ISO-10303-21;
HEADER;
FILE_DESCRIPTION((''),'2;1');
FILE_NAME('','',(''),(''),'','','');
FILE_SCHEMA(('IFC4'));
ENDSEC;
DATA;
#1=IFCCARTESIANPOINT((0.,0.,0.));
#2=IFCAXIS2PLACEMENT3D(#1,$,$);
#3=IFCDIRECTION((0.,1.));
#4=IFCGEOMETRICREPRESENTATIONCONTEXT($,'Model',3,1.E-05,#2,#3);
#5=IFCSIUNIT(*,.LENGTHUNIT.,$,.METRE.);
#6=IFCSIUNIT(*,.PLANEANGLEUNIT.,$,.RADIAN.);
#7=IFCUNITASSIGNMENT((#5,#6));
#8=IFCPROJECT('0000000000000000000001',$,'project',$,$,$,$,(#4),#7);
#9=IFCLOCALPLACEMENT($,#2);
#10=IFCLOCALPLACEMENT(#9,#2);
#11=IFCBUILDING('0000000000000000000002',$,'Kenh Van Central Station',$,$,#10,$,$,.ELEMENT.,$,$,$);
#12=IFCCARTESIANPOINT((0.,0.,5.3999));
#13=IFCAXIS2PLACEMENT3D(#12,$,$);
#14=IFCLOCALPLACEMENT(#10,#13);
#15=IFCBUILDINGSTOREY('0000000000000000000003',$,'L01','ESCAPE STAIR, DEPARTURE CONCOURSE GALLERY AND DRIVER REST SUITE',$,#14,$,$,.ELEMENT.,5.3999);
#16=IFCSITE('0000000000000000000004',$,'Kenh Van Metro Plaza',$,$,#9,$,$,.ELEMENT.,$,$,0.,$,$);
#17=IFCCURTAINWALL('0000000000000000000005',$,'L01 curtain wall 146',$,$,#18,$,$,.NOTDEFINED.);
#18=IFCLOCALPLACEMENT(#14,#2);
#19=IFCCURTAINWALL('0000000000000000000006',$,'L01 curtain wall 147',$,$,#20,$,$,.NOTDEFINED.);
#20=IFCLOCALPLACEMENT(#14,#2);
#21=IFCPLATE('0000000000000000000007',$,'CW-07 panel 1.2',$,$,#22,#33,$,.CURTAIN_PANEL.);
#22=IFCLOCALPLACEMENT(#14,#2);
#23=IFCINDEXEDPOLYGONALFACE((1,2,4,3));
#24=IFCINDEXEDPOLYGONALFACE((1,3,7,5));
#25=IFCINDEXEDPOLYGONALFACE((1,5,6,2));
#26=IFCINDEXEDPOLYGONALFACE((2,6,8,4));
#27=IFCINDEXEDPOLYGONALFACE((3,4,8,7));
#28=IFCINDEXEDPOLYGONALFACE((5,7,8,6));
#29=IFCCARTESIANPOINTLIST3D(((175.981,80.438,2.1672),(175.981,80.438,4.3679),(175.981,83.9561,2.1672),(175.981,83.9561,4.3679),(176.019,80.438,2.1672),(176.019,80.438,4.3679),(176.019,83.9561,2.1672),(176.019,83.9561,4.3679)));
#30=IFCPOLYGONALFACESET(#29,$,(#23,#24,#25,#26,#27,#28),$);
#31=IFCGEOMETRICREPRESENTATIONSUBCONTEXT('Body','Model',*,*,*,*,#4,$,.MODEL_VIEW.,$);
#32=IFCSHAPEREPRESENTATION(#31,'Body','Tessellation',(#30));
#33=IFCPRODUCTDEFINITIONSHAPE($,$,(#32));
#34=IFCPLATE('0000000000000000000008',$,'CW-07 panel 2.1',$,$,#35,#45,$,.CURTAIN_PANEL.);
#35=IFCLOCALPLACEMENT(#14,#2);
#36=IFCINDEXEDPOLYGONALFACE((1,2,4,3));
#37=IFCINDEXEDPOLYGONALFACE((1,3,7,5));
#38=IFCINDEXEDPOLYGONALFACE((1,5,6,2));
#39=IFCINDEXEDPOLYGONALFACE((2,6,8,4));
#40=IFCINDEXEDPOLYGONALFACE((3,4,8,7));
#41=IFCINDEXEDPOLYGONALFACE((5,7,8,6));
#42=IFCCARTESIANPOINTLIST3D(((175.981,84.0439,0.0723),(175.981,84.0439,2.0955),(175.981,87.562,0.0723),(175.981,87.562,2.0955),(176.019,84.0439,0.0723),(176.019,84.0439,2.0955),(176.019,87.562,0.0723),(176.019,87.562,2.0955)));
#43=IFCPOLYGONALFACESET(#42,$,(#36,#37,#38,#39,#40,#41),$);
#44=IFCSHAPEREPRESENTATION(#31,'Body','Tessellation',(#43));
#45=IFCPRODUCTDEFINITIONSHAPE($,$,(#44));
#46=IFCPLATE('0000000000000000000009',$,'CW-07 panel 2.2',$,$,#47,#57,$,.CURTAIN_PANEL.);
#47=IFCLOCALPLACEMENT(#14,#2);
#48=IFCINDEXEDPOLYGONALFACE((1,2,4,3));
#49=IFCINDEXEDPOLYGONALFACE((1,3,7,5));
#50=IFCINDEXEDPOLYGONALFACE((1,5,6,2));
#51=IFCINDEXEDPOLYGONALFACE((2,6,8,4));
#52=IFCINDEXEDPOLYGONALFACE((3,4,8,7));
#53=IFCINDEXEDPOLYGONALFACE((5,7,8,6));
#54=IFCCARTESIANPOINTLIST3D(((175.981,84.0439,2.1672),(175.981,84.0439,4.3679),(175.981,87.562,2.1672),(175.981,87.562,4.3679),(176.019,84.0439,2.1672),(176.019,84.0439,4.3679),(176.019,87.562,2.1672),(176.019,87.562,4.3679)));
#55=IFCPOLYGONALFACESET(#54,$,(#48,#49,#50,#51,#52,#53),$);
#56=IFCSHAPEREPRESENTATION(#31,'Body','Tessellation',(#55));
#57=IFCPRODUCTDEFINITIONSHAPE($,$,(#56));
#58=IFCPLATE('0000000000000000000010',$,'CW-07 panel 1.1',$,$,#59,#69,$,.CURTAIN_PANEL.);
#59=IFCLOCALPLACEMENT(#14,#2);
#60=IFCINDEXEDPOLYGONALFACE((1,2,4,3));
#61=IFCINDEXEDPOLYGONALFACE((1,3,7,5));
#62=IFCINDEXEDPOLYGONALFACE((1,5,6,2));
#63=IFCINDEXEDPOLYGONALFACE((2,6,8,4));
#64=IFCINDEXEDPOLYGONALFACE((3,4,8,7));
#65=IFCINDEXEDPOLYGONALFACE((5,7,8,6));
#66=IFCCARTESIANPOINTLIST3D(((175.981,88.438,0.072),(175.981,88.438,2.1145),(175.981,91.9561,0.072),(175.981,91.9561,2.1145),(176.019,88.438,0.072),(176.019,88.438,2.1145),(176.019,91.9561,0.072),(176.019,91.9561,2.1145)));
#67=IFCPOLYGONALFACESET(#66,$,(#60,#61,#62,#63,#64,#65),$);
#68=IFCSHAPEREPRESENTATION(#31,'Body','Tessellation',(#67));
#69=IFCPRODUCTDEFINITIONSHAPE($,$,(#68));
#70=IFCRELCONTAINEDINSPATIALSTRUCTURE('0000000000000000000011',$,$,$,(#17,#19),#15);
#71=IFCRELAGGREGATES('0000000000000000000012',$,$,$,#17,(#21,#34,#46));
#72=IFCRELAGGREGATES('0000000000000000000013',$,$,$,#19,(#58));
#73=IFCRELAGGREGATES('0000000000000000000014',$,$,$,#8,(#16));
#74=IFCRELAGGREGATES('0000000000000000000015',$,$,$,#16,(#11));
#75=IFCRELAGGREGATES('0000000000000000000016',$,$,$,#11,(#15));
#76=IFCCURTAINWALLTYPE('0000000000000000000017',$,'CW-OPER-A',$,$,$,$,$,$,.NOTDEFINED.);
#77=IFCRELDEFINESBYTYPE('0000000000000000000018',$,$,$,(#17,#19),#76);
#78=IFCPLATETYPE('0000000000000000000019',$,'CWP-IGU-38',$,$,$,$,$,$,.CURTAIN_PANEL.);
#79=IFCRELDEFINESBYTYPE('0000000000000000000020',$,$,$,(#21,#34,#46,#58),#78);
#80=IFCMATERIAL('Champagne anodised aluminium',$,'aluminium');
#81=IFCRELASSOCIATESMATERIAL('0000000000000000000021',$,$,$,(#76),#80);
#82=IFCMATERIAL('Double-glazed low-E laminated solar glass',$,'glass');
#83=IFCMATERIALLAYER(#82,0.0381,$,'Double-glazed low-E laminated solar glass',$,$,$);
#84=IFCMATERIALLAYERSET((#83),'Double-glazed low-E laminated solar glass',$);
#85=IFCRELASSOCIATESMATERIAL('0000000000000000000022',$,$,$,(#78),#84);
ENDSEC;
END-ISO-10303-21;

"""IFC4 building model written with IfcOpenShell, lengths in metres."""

from ifc_helpers import new_model, si_unit, direction, frame, origin, origin_2d, place, context, subcontext, project, spatial, rectangle, extrude, material, layer, layer_set, type_object, element, aggregate, save


model = new_model("IFC4")

# Units and contexts
model_context = context("Model", 3, precision=1e-05, world=origin(), true_north=direction((0.0, 1.0)))
body_context = subcontext(model_context, "Body", "Model", "MODEL_VIEW")
ifc_project = project(units=[si_unit("LENGTHUNIT", "METRE"), si_unit("PLANEANGLEUNIT", "RADIAN")], contexts=[model_context])

# Site, building, storey
site_placement = place(None, origin())
site = spatial("IfcSite", under=ifc_project, at=site_placement, Name="Kenh Van Metro Plaza", CompositionType="ELEMENT", RefElevation=0.0)
building_placement = place(site_placement, origin())
building = spatial("IfcBuilding", under=site, at=building_placement, Name="Kenh Van Central Station", CompositionType="ELEMENT")
storey_placement = place(building_placement, frame((0.0, 0.0, 5.3999)))
storey = spatial("IfcBuildingStorey", under=building, at=storey_placement, Name="L01", Description="ESCAPE STAIR, DEPARTURE CONCOURSE GALLERY AND DRIVER REST SUITE", CompositionType="ELEMENT", Elevation=5.3999)

# Shared definitions
ifc_material_1 = material(Name="Champagne anodised aluminium", Category="aluminium")
curtain_wall_type = type_object("IfcCurtainWallType", Name="CW-OPER-A", PredefinedType="NOTDEFINED", material=ifc_material_1)

# Curtain wall
curtain_wall_1_placement = place(storey_placement, origin())
curtain_wall_1 = element("IfcCurtainWall", 1, at=curtain_wall_1_placement, inside=storey, type_object=curtain_wall_type, Name="L01 curtain wall 146", PredefinedType="NOTDEFINED")

# Curtain wall
curtain_wall_2_placement = place(storey_placement, origin())
curtain_wall_2 = element("IfcCurtainWall", 2, at=curtain_wall_2_placement, inside=storey, type_object=curtain_wall_type, Name="L01 curtain wall 147", PredefinedType="NOTDEFINED")

# Plates
ifc_material_2 = material(Name="Double-glazed low-E laminated solar glass", Category="glass")
ifc_layer = layer(ifc_material_2, 0.0381, Name="Double-glazed low-E laminated solar glass")
ifc_layer_set = layer_set([ifc_layer], Name="Double-glazed low-E laminated solar glass")
plate_type = type_object("IfcPlateType", Name="CWP-IGU-38", PredefinedType="CURTAIN_PANEL", material=ifc_layer_set)
plate_1_placement = place(storey_placement, frame((176.0, 82.197, 2.1672), z_axis=(0.0, 0.0, 1.0), x_axis=(0.0, 1.0, 0.0)))
plate_1 = element("IfcPlate", 3, at=plate_1_placement, type_object=plate_type, Name="CW-07 panel 1.2", PredefinedType="CURTAIN_PANEL", context=body_context, shape_type="SweptSolid", body=[
    extrude(rectangle(XDim=3.5181, YDim=0.0381, at=origin_2d()), origin(), (0.0, 0.0, 1.0), 2.2007),
])
plate_2_placement = place(storey_placement, frame((176.0, 85.803, 0.0723), z_axis=(0.0, 0.0, 1.0), x_axis=(0.0, 1.0, 0.0)))
plate_2 = element("IfcPlate", 4, at=plate_2_placement, type_object=plate_type, Name="CW-07 panel 2.1", PredefinedType="CURTAIN_PANEL", context=body_context, shape_type="SweptSolid", body=[
    extrude(rectangle(XDim=3.5181, YDim=0.0381, at=origin_2d()), origin(), (0.0, 0.0, 1.0), 2.0232),
])
plate_3_placement = place(storey_placement, frame((176.0, 85.803, 2.1672), z_axis=(0.0, 0.0, 1.0), x_axis=(0.0, 1.0, 0.0)))
plate_3 = element("IfcPlate", 5, at=plate_3_placement, type_object=plate_type, Name="CW-07 panel 2.2", PredefinedType="CURTAIN_PANEL", context=body_context, shape_type="SweptSolid", body=[
    extrude(rectangle(XDim=3.5181, YDim=0.0381, at=origin_2d()), origin(), (0.0, 0.0, 1.0), 2.2007),
])
aggregate(curtain_wall_1, [plate_1, plate_2, plate_3])
plate_4_placement = place(storey_placement, frame((176.0, 90.197, 0.072), z_axis=(0.0, 0.0, 1.0), x_axis=(0.0, 1.0, 0.0)))
plate_4 = element("IfcPlate", 6, at=plate_4_placement, type_object=plate_type, Name="CW-07 panel 1.1", PredefinedType="CURTAIN_PANEL", context=body_context, shape_type="SweptSolid", body=[
    extrude(rectangle(XDim=3.5181, YDim=0.0381, at=origin_2d()), origin(), (0.0, 0.0, 1.0), 2.0425),
])
aggregate(curtain_wall_2, [plate_4])

save(model, "model.ifc")
